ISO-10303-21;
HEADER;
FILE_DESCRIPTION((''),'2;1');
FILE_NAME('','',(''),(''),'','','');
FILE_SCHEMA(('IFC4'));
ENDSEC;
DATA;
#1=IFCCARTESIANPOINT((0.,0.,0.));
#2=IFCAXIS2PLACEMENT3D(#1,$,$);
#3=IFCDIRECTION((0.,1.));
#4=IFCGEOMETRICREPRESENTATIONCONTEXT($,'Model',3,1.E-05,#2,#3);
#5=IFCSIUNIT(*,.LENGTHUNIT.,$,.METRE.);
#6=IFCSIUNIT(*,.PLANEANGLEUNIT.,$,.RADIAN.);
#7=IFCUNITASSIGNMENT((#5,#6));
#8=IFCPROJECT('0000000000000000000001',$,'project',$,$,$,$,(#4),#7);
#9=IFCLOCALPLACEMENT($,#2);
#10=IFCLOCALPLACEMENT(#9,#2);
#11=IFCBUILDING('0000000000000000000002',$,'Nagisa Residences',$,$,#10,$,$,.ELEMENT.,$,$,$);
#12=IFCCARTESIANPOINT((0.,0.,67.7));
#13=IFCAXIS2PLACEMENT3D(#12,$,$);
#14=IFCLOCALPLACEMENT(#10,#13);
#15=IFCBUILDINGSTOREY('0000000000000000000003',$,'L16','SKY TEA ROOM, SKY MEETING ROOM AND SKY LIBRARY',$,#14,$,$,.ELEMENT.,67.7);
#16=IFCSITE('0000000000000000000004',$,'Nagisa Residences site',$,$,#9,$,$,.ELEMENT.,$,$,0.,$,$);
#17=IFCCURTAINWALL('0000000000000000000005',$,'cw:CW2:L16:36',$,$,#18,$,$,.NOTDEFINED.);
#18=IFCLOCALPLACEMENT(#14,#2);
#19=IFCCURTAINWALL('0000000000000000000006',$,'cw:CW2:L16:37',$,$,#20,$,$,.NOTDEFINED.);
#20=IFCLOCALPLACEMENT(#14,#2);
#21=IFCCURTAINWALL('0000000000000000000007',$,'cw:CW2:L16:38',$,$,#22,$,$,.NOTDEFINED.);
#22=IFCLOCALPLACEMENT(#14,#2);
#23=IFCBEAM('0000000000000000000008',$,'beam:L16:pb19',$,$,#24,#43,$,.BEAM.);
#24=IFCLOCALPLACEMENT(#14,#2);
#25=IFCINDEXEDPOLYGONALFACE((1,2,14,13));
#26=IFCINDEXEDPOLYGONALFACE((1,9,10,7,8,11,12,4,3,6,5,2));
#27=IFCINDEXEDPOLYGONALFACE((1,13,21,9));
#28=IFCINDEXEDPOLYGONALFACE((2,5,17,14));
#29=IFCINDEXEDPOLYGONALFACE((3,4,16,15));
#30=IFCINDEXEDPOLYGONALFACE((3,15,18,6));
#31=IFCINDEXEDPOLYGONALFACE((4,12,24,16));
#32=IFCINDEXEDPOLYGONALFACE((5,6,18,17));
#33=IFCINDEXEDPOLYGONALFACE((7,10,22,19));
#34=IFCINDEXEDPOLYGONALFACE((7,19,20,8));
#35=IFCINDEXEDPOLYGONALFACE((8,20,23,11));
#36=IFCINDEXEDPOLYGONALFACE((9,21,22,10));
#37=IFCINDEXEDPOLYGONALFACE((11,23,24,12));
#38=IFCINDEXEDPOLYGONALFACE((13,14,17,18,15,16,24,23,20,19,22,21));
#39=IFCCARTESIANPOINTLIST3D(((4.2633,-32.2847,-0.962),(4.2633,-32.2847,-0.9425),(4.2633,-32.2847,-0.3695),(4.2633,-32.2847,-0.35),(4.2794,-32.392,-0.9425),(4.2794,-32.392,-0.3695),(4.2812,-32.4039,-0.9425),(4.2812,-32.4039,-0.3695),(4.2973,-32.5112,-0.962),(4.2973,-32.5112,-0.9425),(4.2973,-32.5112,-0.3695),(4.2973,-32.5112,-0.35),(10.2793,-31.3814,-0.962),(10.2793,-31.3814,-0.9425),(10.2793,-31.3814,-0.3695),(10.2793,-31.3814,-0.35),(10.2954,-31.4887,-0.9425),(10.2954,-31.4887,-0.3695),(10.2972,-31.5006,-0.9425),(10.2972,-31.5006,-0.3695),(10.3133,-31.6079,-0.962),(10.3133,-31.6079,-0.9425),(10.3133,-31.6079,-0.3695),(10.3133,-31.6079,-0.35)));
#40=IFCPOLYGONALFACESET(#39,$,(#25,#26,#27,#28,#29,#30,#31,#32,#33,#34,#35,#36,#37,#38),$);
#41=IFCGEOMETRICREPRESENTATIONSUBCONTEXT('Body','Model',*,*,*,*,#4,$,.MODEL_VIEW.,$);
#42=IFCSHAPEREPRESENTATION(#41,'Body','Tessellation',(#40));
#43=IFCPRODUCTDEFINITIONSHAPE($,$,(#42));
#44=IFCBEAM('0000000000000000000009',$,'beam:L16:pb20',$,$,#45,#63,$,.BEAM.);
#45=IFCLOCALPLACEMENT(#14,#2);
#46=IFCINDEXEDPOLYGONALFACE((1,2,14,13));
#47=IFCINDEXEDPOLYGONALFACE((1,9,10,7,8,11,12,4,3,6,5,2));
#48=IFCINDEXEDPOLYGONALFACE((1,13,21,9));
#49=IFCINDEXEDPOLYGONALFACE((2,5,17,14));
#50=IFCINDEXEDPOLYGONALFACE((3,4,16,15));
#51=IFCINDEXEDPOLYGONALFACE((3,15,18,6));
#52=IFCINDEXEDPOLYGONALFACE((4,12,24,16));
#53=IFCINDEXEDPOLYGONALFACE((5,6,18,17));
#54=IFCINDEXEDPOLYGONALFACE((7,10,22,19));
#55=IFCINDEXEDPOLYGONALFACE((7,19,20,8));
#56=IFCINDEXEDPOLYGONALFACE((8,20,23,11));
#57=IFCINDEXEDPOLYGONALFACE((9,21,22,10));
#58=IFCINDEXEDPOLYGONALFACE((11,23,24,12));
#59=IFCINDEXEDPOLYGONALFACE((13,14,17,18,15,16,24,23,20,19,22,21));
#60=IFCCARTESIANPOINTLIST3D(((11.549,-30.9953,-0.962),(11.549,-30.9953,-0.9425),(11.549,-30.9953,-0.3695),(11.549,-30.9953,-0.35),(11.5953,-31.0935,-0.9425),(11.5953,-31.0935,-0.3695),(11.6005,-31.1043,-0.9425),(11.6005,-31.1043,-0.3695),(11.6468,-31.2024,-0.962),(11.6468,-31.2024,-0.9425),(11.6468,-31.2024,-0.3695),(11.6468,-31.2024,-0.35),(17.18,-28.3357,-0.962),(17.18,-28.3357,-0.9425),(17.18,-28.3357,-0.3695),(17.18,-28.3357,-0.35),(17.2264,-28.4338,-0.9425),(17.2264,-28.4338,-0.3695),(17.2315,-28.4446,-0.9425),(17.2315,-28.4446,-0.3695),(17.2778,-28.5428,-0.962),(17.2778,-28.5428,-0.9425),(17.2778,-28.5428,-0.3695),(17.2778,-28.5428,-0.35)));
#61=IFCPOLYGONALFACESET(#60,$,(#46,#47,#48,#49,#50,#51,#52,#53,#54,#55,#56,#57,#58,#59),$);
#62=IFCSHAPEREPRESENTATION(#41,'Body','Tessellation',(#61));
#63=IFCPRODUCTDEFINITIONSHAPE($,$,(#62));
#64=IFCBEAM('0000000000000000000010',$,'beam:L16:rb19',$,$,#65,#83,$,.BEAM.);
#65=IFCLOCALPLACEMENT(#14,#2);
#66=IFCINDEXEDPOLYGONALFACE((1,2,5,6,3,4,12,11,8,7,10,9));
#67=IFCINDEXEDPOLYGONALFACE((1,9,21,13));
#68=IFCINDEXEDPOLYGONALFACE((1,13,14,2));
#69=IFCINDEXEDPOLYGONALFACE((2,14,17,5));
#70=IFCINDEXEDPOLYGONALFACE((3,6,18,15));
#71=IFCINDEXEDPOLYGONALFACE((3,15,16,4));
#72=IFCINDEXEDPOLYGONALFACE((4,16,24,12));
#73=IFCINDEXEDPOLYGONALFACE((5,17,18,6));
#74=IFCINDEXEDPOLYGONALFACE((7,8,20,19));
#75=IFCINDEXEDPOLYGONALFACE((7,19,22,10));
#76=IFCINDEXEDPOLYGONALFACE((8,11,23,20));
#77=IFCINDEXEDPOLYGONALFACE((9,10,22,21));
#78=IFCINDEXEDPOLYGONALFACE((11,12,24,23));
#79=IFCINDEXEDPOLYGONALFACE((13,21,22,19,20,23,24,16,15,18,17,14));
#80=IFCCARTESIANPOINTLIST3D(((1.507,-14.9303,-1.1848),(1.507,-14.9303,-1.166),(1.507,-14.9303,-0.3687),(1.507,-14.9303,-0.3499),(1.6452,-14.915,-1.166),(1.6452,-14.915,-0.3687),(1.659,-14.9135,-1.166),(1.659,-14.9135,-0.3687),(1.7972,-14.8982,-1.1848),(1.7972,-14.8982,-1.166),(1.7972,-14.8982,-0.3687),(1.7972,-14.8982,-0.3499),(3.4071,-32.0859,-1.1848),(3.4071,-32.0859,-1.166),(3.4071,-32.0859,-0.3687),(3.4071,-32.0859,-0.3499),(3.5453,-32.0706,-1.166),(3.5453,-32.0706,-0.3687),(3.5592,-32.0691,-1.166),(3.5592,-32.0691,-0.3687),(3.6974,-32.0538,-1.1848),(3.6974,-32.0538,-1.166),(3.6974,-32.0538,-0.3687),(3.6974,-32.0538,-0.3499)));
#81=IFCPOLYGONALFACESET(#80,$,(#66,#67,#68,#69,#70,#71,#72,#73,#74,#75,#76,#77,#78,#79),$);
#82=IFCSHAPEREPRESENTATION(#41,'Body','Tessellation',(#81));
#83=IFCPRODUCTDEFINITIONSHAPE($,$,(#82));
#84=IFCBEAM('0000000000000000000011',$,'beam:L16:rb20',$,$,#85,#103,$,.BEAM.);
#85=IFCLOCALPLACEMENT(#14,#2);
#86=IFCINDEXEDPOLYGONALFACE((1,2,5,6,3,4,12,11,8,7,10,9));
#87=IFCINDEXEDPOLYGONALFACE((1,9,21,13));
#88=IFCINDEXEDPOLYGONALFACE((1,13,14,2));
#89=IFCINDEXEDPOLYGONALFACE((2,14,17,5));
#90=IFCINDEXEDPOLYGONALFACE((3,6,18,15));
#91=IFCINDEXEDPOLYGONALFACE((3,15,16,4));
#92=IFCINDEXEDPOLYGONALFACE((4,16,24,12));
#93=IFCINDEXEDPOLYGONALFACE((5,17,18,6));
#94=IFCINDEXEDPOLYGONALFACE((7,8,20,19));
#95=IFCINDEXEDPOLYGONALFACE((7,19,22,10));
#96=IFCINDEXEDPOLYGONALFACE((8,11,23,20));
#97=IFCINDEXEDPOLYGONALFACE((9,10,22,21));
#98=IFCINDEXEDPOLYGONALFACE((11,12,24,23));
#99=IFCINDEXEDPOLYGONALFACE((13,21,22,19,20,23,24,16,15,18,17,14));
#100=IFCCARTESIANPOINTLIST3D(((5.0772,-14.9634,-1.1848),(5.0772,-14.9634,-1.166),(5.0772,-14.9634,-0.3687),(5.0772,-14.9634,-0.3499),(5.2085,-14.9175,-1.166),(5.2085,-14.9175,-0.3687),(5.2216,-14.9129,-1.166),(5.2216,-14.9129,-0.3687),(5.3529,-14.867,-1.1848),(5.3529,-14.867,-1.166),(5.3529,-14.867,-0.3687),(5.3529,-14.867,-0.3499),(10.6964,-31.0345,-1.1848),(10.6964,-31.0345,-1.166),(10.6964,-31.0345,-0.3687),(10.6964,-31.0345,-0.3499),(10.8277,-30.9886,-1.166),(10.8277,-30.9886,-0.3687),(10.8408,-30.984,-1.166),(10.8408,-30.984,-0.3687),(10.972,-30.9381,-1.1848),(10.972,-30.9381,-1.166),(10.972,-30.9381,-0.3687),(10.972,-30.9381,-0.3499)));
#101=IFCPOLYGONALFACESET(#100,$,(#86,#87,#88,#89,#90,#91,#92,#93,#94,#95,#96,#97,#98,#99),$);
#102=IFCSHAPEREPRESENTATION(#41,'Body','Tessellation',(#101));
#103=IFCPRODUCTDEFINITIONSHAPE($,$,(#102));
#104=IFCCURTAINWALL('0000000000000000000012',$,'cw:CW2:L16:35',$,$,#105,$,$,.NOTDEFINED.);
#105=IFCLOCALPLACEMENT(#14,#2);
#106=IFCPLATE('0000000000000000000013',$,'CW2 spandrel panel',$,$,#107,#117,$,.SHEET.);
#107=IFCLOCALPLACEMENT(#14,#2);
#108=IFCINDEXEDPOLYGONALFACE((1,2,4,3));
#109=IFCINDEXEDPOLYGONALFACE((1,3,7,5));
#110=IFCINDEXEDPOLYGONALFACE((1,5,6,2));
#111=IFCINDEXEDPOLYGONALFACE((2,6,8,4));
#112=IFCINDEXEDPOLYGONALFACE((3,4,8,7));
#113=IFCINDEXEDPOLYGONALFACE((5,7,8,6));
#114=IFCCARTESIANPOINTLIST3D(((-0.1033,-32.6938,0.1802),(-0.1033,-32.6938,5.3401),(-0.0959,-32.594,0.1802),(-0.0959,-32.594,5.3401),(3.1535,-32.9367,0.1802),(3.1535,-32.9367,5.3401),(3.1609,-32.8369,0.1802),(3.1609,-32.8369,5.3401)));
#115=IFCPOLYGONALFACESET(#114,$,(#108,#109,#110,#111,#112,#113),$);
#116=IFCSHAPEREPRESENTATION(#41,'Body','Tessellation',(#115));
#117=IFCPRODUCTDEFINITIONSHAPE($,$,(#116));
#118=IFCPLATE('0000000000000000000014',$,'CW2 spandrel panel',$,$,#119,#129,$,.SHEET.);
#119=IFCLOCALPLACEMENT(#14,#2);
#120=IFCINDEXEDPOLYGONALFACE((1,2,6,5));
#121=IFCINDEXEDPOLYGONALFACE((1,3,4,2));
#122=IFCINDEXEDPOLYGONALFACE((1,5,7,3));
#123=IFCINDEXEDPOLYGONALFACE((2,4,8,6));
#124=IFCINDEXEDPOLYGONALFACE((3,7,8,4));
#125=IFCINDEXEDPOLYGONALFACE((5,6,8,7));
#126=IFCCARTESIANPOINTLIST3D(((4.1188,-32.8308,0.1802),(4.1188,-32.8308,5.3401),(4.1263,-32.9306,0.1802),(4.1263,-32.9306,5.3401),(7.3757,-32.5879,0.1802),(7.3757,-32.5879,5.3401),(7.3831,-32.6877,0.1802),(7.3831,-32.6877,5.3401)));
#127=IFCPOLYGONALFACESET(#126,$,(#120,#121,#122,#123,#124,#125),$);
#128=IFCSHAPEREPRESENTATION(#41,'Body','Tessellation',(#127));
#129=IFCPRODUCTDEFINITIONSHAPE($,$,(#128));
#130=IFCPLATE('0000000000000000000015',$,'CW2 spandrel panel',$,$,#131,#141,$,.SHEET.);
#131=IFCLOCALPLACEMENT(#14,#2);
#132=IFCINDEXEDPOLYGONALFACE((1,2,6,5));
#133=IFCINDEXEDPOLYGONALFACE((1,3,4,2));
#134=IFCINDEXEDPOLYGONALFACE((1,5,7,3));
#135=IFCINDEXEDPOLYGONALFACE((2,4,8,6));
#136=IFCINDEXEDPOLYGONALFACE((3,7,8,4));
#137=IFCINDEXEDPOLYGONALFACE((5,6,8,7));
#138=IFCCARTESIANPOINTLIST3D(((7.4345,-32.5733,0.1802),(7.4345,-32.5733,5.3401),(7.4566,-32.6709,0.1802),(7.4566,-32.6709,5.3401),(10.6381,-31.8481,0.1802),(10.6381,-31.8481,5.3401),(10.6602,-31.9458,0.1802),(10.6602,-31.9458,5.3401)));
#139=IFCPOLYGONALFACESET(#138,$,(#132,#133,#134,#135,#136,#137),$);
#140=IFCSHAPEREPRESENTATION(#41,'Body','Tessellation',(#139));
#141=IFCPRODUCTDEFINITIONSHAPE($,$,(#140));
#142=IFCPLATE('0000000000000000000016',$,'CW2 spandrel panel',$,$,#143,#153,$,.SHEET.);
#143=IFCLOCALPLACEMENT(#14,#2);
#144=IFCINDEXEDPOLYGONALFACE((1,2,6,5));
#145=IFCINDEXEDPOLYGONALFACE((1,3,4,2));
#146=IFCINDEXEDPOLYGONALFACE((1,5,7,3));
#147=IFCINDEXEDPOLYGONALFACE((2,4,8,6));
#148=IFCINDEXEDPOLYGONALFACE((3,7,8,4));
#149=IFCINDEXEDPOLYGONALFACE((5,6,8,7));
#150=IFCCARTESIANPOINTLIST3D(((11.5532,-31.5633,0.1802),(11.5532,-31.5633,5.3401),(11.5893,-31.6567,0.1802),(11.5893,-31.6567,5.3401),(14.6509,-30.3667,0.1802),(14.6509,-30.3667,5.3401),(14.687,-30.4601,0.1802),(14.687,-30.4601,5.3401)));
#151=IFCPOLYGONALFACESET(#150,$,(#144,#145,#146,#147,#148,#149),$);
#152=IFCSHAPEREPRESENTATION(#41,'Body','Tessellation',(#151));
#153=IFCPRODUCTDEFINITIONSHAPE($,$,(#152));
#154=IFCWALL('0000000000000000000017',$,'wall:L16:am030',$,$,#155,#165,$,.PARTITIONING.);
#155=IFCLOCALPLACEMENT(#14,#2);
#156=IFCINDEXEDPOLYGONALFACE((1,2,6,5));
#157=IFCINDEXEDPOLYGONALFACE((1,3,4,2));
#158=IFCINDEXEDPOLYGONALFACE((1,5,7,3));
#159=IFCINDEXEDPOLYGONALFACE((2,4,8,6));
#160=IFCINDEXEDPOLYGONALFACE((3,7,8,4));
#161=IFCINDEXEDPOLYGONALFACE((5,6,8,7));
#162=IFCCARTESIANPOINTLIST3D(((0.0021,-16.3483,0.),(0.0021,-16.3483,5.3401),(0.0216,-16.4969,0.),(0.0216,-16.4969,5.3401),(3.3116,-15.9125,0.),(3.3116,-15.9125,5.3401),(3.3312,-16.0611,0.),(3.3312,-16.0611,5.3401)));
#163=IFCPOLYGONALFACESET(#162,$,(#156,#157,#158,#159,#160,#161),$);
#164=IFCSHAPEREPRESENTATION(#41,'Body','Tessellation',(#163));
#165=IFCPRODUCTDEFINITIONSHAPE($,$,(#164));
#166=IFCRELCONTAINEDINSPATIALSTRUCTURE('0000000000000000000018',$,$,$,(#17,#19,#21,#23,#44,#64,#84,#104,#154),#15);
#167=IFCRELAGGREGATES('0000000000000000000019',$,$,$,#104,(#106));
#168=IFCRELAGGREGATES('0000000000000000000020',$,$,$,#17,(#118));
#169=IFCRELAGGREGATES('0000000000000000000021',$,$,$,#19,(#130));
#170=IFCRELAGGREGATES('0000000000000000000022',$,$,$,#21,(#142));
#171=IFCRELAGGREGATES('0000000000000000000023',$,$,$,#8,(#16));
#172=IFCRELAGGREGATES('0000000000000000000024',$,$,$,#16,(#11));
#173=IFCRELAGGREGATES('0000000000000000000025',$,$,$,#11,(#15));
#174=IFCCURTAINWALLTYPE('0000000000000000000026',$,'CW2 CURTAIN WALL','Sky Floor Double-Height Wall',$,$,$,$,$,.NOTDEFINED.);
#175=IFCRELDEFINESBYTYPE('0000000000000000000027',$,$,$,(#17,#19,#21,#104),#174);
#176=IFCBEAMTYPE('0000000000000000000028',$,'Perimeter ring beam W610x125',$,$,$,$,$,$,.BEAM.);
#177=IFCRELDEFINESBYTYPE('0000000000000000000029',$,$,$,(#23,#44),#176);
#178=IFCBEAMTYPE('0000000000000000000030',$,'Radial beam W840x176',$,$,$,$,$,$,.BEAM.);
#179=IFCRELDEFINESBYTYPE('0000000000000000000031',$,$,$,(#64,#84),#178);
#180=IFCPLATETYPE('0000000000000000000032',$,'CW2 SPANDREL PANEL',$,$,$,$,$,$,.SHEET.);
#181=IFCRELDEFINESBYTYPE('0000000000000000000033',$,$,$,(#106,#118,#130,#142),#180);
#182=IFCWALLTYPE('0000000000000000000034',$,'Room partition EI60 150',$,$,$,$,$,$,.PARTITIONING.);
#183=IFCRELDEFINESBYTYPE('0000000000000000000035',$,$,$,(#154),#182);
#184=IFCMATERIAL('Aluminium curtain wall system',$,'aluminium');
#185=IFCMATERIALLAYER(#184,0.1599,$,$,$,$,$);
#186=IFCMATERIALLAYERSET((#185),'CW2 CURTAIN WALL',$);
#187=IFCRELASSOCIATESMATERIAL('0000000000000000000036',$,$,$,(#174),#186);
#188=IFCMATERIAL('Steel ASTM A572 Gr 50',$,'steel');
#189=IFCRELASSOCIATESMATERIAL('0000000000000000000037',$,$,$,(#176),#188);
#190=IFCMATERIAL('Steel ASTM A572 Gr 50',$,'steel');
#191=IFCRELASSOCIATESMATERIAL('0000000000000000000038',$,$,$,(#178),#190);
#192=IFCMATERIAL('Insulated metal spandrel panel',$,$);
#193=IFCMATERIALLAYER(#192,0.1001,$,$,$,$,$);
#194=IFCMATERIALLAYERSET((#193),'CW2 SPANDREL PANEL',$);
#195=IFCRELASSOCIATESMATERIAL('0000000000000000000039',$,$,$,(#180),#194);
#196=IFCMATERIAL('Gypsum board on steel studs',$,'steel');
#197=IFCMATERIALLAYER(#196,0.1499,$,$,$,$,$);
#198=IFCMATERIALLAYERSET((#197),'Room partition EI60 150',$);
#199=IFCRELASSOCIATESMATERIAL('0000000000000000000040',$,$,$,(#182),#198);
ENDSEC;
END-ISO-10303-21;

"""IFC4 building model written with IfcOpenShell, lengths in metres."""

from ifc_helpers import new_model, si_unit, direction, frame, frame_2d, origin, origin_2d, place, context, subcontext, project, spatial, rectangle, i_section, extrude, material, layer, layer_set, material_profile, profile_set, type_object, element, aggregate, save


model = new_model("IFC4")

# Units and contexts
model_context = context("Model", 3, precision=1e-05, world=origin(), true_north=direction((0.0, 1.0)))
body_context = subcontext(model_context, "Body", "Model", "MODEL_VIEW")
ifc_project = project(units=[si_unit("LENGTHUNIT", "METRE"), si_unit("PLANEANGLEUNIT", "RADIAN")], contexts=[model_context])

# Site, building, storey
site_placement = place(None, origin())
site = spatial("IfcSite", under=ifc_project, at=site_placement, Name="Nagisa Residences site", CompositionType="ELEMENT", RefElevation=0.0)
building_placement = place(site_placement, origin())
building = spatial("IfcBuilding", under=site, at=building_placement, Name="Nagisa Residences", CompositionType="ELEMENT")
storey_placement = place(building_placement, frame((0.0, 0.0, 67.7)))
storey = spatial("IfcBuildingStorey", under=building, at=storey_placement, Name="L16", Description="SKY TEA ROOM, SKY MEETING ROOM AND SKY LIBRARY", CompositionType="ELEMENT", Elevation=67.7)

# Curtain walls
ifc_material_1 = material(Name="Aluminium curtain wall system", Category="aluminium")
ifc_layer_1 = layer(ifc_material_1, 0.1599)
ifc_layer_set_1 = layer_set([ifc_layer_1], Name="CW2 CURTAIN WALL")
curtain_wall_type = type_object("IfcCurtainWallType", Name="CW2 CURTAIN WALL", Description="Sky Floor Double-Height Wall", PredefinedType="NOTDEFINED", material=ifc_layer_set_1)
curtain_wall_1_placement = place(storey_placement, origin())
curtain_wall_1 = element("IfcCurtainWall", 1, at=curtain_wall_1_placement, inside=storey, type_object=curtain_wall_type, Name="cw:CW2:L16:36", PredefinedType="NOTDEFINED")
curtain_wall_2_placement = place(storey_placement, origin())
curtain_wall_2 = element("IfcCurtainWall", 2, at=curtain_wall_2_placement, inside=storey, type_object=curtain_wall_type, Name="cw:CW2:L16:37", PredefinedType="NOTDEFINED")
curtain_wall_3_placement = place(storey_placement, origin())
curtain_wall_3 = element("IfcCurtainWall", 3, at=curtain_wall_3_placement, inside=storey, type_object=curtain_wall_type, Name="cw:CW2:L16:38", PredefinedType="NOTDEFINED")

# Beams
ifc_material_2 = material(Name="Steel ASTM A572 Gr 50", Category="steel")
ifc_material_profile_1 = material_profile(ifc_material_2, i_section(OverallWidth=0.229, OverallDepth=0.6121, WebThickness=0.012, FlangeThickness=0.0195, at=origin_2d()), Name="W610x125")
ifc_profile_set_1 = profile_set([ifc_material_profile_1], Name="Steel ASTM A572 Gr 50")
beam_type_1 = type_object("IfcBeamType", Name="Perimeter ring beam W610x125", PredefinedType="BEAM", material=ifc_profile_set_1)
beam_1_placement = place(storey_placement, frame((4.2803, -32.3979, -0.656), z_axis=(0.988915, 0.148486, 0.0), x_axis=(-0.148486, 0.988915, 0.0)))
element("IfcBeam", 4, at=beam_1_placement, inside=storey, type_object=beam_type_1, Name="beam:L16:pb19", PredefinedType="BEAM", context=body_context, shape_type="SweptSolid", body=[
    extrude(i_section(OverallWidth=0.229, OverallDepth=0.6121, WebThickness=0.012, FlangeThickness=0.0195, at=origin_2d()), origin(), (0.0, 0.0, 1.0), 6.0835),
])
beam_2_placement = place(storey_placement, frame((11.5979, -31.0989, -0.656), z_axis=(0.904215, 0.427077, 0.0), x_axis=(-0.427077, 0.904215, 0.0)))
element("IfcBeam", 5, at=beam_2_placement, inside=storey, type_object=beam_type_1, Name="beam:L16:pb20", PredefinedType="BEAM", context=body_context, shape_type="SweptSolid", body=[
    extrude(i_section(OverallWidth=0.229, OverallDepth=0.6121, WebThickness=0.012, FlangeThickness=0.0195, at=origin_2d()), origin(), (0.0, 0.0, 1.0), 6.2275),
])
ifc_material_3 = material(Name="Steel ASTM A572 Gr 50", Category="steel")
ifc_material_profile_2 = material_profile(ifc_material_3, i_section(OverallWidth=0.292, OverallDepth=0.835, WebThickness=0.0139, FlangeThickness=0.0188, at=origin_2d()), Name="W840x176")
ifc_profile_set_2 = profile_set([ifc_material_profile_2], Name="Steel ASTM A572 Gr 50")
beam_type_2 = type_object("IfcBeamType", Name="Radial beam W840x176", PredefinedType="BEAM", material=ifc_profile_set_2)
beam_3_placement = place(storey_placement, frame((3.5522, -32.0698, -0.7673), z_axis=(-0.110087, 0.993922, 0.0), x_axis=(-0.993922, -0.110087, 0.0)))
element("IfcBeam", 6, at=beam_3_placement, inside=storey, type_object=beam_type_2, Name="beam:L16:rb19", PredefinedType="BEAM", context=body_context, shape_type="SweptSolid", body=[
    extrude(i_section(OverallWidth=0.292, OverallDepth=0.835, WebThickness=0.0139, FlangeThickness=0.0188, at=origin_2d()), origin(), (0.0, 0.0, 1.0), 17.2605),
])
beam_4_placement = place(storey_placement, frame((10.8342, -30.9863, -0.7673), z_axis=(-0.330051, 0.943963, 0.0), x_axis=(-0.943963, -0.330051, 0.0)))
element("IfcBeam", 7, at=beam_4_placement, inside=storey, type_object=beam_type_2, Name="beam:L16:rb20", PredefinedType="BEAM", context=body_context, shape_type="SweptSolid", body=[
    extrude(i_section(OverallWidth=0.292, OverallDepth=0.835, WebThickness=0.0139, FlangeThickness=0.0188, at=origin_2d()), origin(), (0.0, 0.0, 1.0), 17.0251),
])

# Curtain wall, plate
curtain_wall_4_placement = place(storey_placement, origin())
curtain_wall_4 = element("IfcCurtainWall", 8, at=curtain_wall_4_placement, inside=storey, type_object=curtain_wall_type, Name="cw:CW2:L16:35", PredefinedType="NOTDEFINED")
ifc_material_4 = material(Name="Insulated metal spandrel panel")
ifc_layer_2 = layer(ifc_material_4, 0.1001)
ifc_layer_set_2 = layer_set([ifc_layer_2], Name="CW2 SPANDREL PANEL")
plate_type = type_object("IfcPlateType", Name="CW2 SPANDREL PANEL", PredefinedType="SHEET", material=ifc_layer_set_2)
plate_1_placement = place(storey_placement, frame((1.5288, -32.7654, 0.1802), z_axis=(0.0, 0.0, 1.0), x_axis=(0.99723, -0.074377, 0.0)))
plate_1 = element("IfcPlate", 9, at=plate_1_placement, type_object=plate_type, Name="CW2 spandrel panel", PredefinedType="SHEET", context=body_context, shape_type="SweptSolid", body=[
    extrude(rectangle(XDim=3.2659, YDim=0.1001, at=origin_2d()), origin(), (0.0, 0.0, 1.0), 5.1599),
])
aggregate(curtain_wall_4, [plate_1])

# Plates
plate_2_placement = place(storey_placement, frame((5.751, -32.7593, 0.1802), z_axis=(0.0, 0.0, 1.0), x_axis=(0.99723, 0.074377, 0.0)))
plate_2 = element("IfcPlate", 10, at=plate_2_placement, type_object=plate_type, Name="CW2 spandrel panel", PredefinedType="SHEET", context=body_context, shape_type="SweptSolid", body=[
    extrude(rectangle(XDim=3.2659, YDim=0.1001, at=origin_2d()), origin(), (0.0, 0.0, 1.0), 5.1599),
])
aggregate(curtain_wall_1, [plate_2])
plate_3_placement = place(storey_placement, frame((9.0474, -32.2595, 0.1802), z_axis=(0.0, 0.0, 1.0), x_axis=(0.975327, 0.220764, 0.0)))
plate_3 = element("IfcPlate", 11, at=plate_3_placement, type_object=plate_type, Name="CW2 spandrel panel", PredefinedType="SHEET", context=body_context, shape_type="SweptSolid", body=[
    extrude(rectangle(XDim=3.2847, YDim=0.1001, at=origin_2d()), origin(), (0.0, 0.0, 1.0), 5.1599),
])
aggregate(curtain_wall_2, [plate_3])
plate_4_placement = place(storey_placement, frame((13.1201, -31.0117, 0.1802), z_axis=(0.0, 0.0, 1.0), x_axis=(0.932826, 0.360328, 0.0)))
plate_4 = element("IfcPlate", 12, at=plate_4_placement, type_object=plate_type, Name="CW2 spandrel panel", PredefinedType="SHEET", context=body_context, shape_type="SweptSolid", body=[
    extrude(rectangle(XDim=3.3208, YDim=0.1001, at=origin_2d()), origin(), (0.0, 0.0, 1.0), 5.1599),
])
aggregate(curtain_wall_3, [plate_4])

# Wall
ifc_material_5 = material(Name="Gypsum board on steel studs", Category="steel")
ifc_layer_3 = layer(ifc_material_5, 0.1499)
ifc_layer_set_3 = layer_set([ifc_layer_3], Name="Room partition EI60 150")
wall_type = type_object("IfcWallType", Name="Room partition EI60 150", PredefinedType="PARTITIONING", material=ifc_layer_set_3)
wall_placement = place(storey_placement, frame((3.3213, -15.9868, 0.0), z_axis=(0.0, 0.0, 1.0), x_axis=(-0.991442, -0.130549, 0.0)))
element("IfcWall", 13, at=wall_placement, inside=storey, type_object=wall_type, Name="wall:L16:am030", PredefinedType="PARTITIONING", context=body_context, shape_type="SweptSolid", body=[
    extrude(rectangle(XDim=3.3381, YDim=0.1499, at=frame_2d((1.6689, 0.0))), origin(), (0.0, 0.0, 1.0), 5.3401),
])

save(model, "model.ifc")
